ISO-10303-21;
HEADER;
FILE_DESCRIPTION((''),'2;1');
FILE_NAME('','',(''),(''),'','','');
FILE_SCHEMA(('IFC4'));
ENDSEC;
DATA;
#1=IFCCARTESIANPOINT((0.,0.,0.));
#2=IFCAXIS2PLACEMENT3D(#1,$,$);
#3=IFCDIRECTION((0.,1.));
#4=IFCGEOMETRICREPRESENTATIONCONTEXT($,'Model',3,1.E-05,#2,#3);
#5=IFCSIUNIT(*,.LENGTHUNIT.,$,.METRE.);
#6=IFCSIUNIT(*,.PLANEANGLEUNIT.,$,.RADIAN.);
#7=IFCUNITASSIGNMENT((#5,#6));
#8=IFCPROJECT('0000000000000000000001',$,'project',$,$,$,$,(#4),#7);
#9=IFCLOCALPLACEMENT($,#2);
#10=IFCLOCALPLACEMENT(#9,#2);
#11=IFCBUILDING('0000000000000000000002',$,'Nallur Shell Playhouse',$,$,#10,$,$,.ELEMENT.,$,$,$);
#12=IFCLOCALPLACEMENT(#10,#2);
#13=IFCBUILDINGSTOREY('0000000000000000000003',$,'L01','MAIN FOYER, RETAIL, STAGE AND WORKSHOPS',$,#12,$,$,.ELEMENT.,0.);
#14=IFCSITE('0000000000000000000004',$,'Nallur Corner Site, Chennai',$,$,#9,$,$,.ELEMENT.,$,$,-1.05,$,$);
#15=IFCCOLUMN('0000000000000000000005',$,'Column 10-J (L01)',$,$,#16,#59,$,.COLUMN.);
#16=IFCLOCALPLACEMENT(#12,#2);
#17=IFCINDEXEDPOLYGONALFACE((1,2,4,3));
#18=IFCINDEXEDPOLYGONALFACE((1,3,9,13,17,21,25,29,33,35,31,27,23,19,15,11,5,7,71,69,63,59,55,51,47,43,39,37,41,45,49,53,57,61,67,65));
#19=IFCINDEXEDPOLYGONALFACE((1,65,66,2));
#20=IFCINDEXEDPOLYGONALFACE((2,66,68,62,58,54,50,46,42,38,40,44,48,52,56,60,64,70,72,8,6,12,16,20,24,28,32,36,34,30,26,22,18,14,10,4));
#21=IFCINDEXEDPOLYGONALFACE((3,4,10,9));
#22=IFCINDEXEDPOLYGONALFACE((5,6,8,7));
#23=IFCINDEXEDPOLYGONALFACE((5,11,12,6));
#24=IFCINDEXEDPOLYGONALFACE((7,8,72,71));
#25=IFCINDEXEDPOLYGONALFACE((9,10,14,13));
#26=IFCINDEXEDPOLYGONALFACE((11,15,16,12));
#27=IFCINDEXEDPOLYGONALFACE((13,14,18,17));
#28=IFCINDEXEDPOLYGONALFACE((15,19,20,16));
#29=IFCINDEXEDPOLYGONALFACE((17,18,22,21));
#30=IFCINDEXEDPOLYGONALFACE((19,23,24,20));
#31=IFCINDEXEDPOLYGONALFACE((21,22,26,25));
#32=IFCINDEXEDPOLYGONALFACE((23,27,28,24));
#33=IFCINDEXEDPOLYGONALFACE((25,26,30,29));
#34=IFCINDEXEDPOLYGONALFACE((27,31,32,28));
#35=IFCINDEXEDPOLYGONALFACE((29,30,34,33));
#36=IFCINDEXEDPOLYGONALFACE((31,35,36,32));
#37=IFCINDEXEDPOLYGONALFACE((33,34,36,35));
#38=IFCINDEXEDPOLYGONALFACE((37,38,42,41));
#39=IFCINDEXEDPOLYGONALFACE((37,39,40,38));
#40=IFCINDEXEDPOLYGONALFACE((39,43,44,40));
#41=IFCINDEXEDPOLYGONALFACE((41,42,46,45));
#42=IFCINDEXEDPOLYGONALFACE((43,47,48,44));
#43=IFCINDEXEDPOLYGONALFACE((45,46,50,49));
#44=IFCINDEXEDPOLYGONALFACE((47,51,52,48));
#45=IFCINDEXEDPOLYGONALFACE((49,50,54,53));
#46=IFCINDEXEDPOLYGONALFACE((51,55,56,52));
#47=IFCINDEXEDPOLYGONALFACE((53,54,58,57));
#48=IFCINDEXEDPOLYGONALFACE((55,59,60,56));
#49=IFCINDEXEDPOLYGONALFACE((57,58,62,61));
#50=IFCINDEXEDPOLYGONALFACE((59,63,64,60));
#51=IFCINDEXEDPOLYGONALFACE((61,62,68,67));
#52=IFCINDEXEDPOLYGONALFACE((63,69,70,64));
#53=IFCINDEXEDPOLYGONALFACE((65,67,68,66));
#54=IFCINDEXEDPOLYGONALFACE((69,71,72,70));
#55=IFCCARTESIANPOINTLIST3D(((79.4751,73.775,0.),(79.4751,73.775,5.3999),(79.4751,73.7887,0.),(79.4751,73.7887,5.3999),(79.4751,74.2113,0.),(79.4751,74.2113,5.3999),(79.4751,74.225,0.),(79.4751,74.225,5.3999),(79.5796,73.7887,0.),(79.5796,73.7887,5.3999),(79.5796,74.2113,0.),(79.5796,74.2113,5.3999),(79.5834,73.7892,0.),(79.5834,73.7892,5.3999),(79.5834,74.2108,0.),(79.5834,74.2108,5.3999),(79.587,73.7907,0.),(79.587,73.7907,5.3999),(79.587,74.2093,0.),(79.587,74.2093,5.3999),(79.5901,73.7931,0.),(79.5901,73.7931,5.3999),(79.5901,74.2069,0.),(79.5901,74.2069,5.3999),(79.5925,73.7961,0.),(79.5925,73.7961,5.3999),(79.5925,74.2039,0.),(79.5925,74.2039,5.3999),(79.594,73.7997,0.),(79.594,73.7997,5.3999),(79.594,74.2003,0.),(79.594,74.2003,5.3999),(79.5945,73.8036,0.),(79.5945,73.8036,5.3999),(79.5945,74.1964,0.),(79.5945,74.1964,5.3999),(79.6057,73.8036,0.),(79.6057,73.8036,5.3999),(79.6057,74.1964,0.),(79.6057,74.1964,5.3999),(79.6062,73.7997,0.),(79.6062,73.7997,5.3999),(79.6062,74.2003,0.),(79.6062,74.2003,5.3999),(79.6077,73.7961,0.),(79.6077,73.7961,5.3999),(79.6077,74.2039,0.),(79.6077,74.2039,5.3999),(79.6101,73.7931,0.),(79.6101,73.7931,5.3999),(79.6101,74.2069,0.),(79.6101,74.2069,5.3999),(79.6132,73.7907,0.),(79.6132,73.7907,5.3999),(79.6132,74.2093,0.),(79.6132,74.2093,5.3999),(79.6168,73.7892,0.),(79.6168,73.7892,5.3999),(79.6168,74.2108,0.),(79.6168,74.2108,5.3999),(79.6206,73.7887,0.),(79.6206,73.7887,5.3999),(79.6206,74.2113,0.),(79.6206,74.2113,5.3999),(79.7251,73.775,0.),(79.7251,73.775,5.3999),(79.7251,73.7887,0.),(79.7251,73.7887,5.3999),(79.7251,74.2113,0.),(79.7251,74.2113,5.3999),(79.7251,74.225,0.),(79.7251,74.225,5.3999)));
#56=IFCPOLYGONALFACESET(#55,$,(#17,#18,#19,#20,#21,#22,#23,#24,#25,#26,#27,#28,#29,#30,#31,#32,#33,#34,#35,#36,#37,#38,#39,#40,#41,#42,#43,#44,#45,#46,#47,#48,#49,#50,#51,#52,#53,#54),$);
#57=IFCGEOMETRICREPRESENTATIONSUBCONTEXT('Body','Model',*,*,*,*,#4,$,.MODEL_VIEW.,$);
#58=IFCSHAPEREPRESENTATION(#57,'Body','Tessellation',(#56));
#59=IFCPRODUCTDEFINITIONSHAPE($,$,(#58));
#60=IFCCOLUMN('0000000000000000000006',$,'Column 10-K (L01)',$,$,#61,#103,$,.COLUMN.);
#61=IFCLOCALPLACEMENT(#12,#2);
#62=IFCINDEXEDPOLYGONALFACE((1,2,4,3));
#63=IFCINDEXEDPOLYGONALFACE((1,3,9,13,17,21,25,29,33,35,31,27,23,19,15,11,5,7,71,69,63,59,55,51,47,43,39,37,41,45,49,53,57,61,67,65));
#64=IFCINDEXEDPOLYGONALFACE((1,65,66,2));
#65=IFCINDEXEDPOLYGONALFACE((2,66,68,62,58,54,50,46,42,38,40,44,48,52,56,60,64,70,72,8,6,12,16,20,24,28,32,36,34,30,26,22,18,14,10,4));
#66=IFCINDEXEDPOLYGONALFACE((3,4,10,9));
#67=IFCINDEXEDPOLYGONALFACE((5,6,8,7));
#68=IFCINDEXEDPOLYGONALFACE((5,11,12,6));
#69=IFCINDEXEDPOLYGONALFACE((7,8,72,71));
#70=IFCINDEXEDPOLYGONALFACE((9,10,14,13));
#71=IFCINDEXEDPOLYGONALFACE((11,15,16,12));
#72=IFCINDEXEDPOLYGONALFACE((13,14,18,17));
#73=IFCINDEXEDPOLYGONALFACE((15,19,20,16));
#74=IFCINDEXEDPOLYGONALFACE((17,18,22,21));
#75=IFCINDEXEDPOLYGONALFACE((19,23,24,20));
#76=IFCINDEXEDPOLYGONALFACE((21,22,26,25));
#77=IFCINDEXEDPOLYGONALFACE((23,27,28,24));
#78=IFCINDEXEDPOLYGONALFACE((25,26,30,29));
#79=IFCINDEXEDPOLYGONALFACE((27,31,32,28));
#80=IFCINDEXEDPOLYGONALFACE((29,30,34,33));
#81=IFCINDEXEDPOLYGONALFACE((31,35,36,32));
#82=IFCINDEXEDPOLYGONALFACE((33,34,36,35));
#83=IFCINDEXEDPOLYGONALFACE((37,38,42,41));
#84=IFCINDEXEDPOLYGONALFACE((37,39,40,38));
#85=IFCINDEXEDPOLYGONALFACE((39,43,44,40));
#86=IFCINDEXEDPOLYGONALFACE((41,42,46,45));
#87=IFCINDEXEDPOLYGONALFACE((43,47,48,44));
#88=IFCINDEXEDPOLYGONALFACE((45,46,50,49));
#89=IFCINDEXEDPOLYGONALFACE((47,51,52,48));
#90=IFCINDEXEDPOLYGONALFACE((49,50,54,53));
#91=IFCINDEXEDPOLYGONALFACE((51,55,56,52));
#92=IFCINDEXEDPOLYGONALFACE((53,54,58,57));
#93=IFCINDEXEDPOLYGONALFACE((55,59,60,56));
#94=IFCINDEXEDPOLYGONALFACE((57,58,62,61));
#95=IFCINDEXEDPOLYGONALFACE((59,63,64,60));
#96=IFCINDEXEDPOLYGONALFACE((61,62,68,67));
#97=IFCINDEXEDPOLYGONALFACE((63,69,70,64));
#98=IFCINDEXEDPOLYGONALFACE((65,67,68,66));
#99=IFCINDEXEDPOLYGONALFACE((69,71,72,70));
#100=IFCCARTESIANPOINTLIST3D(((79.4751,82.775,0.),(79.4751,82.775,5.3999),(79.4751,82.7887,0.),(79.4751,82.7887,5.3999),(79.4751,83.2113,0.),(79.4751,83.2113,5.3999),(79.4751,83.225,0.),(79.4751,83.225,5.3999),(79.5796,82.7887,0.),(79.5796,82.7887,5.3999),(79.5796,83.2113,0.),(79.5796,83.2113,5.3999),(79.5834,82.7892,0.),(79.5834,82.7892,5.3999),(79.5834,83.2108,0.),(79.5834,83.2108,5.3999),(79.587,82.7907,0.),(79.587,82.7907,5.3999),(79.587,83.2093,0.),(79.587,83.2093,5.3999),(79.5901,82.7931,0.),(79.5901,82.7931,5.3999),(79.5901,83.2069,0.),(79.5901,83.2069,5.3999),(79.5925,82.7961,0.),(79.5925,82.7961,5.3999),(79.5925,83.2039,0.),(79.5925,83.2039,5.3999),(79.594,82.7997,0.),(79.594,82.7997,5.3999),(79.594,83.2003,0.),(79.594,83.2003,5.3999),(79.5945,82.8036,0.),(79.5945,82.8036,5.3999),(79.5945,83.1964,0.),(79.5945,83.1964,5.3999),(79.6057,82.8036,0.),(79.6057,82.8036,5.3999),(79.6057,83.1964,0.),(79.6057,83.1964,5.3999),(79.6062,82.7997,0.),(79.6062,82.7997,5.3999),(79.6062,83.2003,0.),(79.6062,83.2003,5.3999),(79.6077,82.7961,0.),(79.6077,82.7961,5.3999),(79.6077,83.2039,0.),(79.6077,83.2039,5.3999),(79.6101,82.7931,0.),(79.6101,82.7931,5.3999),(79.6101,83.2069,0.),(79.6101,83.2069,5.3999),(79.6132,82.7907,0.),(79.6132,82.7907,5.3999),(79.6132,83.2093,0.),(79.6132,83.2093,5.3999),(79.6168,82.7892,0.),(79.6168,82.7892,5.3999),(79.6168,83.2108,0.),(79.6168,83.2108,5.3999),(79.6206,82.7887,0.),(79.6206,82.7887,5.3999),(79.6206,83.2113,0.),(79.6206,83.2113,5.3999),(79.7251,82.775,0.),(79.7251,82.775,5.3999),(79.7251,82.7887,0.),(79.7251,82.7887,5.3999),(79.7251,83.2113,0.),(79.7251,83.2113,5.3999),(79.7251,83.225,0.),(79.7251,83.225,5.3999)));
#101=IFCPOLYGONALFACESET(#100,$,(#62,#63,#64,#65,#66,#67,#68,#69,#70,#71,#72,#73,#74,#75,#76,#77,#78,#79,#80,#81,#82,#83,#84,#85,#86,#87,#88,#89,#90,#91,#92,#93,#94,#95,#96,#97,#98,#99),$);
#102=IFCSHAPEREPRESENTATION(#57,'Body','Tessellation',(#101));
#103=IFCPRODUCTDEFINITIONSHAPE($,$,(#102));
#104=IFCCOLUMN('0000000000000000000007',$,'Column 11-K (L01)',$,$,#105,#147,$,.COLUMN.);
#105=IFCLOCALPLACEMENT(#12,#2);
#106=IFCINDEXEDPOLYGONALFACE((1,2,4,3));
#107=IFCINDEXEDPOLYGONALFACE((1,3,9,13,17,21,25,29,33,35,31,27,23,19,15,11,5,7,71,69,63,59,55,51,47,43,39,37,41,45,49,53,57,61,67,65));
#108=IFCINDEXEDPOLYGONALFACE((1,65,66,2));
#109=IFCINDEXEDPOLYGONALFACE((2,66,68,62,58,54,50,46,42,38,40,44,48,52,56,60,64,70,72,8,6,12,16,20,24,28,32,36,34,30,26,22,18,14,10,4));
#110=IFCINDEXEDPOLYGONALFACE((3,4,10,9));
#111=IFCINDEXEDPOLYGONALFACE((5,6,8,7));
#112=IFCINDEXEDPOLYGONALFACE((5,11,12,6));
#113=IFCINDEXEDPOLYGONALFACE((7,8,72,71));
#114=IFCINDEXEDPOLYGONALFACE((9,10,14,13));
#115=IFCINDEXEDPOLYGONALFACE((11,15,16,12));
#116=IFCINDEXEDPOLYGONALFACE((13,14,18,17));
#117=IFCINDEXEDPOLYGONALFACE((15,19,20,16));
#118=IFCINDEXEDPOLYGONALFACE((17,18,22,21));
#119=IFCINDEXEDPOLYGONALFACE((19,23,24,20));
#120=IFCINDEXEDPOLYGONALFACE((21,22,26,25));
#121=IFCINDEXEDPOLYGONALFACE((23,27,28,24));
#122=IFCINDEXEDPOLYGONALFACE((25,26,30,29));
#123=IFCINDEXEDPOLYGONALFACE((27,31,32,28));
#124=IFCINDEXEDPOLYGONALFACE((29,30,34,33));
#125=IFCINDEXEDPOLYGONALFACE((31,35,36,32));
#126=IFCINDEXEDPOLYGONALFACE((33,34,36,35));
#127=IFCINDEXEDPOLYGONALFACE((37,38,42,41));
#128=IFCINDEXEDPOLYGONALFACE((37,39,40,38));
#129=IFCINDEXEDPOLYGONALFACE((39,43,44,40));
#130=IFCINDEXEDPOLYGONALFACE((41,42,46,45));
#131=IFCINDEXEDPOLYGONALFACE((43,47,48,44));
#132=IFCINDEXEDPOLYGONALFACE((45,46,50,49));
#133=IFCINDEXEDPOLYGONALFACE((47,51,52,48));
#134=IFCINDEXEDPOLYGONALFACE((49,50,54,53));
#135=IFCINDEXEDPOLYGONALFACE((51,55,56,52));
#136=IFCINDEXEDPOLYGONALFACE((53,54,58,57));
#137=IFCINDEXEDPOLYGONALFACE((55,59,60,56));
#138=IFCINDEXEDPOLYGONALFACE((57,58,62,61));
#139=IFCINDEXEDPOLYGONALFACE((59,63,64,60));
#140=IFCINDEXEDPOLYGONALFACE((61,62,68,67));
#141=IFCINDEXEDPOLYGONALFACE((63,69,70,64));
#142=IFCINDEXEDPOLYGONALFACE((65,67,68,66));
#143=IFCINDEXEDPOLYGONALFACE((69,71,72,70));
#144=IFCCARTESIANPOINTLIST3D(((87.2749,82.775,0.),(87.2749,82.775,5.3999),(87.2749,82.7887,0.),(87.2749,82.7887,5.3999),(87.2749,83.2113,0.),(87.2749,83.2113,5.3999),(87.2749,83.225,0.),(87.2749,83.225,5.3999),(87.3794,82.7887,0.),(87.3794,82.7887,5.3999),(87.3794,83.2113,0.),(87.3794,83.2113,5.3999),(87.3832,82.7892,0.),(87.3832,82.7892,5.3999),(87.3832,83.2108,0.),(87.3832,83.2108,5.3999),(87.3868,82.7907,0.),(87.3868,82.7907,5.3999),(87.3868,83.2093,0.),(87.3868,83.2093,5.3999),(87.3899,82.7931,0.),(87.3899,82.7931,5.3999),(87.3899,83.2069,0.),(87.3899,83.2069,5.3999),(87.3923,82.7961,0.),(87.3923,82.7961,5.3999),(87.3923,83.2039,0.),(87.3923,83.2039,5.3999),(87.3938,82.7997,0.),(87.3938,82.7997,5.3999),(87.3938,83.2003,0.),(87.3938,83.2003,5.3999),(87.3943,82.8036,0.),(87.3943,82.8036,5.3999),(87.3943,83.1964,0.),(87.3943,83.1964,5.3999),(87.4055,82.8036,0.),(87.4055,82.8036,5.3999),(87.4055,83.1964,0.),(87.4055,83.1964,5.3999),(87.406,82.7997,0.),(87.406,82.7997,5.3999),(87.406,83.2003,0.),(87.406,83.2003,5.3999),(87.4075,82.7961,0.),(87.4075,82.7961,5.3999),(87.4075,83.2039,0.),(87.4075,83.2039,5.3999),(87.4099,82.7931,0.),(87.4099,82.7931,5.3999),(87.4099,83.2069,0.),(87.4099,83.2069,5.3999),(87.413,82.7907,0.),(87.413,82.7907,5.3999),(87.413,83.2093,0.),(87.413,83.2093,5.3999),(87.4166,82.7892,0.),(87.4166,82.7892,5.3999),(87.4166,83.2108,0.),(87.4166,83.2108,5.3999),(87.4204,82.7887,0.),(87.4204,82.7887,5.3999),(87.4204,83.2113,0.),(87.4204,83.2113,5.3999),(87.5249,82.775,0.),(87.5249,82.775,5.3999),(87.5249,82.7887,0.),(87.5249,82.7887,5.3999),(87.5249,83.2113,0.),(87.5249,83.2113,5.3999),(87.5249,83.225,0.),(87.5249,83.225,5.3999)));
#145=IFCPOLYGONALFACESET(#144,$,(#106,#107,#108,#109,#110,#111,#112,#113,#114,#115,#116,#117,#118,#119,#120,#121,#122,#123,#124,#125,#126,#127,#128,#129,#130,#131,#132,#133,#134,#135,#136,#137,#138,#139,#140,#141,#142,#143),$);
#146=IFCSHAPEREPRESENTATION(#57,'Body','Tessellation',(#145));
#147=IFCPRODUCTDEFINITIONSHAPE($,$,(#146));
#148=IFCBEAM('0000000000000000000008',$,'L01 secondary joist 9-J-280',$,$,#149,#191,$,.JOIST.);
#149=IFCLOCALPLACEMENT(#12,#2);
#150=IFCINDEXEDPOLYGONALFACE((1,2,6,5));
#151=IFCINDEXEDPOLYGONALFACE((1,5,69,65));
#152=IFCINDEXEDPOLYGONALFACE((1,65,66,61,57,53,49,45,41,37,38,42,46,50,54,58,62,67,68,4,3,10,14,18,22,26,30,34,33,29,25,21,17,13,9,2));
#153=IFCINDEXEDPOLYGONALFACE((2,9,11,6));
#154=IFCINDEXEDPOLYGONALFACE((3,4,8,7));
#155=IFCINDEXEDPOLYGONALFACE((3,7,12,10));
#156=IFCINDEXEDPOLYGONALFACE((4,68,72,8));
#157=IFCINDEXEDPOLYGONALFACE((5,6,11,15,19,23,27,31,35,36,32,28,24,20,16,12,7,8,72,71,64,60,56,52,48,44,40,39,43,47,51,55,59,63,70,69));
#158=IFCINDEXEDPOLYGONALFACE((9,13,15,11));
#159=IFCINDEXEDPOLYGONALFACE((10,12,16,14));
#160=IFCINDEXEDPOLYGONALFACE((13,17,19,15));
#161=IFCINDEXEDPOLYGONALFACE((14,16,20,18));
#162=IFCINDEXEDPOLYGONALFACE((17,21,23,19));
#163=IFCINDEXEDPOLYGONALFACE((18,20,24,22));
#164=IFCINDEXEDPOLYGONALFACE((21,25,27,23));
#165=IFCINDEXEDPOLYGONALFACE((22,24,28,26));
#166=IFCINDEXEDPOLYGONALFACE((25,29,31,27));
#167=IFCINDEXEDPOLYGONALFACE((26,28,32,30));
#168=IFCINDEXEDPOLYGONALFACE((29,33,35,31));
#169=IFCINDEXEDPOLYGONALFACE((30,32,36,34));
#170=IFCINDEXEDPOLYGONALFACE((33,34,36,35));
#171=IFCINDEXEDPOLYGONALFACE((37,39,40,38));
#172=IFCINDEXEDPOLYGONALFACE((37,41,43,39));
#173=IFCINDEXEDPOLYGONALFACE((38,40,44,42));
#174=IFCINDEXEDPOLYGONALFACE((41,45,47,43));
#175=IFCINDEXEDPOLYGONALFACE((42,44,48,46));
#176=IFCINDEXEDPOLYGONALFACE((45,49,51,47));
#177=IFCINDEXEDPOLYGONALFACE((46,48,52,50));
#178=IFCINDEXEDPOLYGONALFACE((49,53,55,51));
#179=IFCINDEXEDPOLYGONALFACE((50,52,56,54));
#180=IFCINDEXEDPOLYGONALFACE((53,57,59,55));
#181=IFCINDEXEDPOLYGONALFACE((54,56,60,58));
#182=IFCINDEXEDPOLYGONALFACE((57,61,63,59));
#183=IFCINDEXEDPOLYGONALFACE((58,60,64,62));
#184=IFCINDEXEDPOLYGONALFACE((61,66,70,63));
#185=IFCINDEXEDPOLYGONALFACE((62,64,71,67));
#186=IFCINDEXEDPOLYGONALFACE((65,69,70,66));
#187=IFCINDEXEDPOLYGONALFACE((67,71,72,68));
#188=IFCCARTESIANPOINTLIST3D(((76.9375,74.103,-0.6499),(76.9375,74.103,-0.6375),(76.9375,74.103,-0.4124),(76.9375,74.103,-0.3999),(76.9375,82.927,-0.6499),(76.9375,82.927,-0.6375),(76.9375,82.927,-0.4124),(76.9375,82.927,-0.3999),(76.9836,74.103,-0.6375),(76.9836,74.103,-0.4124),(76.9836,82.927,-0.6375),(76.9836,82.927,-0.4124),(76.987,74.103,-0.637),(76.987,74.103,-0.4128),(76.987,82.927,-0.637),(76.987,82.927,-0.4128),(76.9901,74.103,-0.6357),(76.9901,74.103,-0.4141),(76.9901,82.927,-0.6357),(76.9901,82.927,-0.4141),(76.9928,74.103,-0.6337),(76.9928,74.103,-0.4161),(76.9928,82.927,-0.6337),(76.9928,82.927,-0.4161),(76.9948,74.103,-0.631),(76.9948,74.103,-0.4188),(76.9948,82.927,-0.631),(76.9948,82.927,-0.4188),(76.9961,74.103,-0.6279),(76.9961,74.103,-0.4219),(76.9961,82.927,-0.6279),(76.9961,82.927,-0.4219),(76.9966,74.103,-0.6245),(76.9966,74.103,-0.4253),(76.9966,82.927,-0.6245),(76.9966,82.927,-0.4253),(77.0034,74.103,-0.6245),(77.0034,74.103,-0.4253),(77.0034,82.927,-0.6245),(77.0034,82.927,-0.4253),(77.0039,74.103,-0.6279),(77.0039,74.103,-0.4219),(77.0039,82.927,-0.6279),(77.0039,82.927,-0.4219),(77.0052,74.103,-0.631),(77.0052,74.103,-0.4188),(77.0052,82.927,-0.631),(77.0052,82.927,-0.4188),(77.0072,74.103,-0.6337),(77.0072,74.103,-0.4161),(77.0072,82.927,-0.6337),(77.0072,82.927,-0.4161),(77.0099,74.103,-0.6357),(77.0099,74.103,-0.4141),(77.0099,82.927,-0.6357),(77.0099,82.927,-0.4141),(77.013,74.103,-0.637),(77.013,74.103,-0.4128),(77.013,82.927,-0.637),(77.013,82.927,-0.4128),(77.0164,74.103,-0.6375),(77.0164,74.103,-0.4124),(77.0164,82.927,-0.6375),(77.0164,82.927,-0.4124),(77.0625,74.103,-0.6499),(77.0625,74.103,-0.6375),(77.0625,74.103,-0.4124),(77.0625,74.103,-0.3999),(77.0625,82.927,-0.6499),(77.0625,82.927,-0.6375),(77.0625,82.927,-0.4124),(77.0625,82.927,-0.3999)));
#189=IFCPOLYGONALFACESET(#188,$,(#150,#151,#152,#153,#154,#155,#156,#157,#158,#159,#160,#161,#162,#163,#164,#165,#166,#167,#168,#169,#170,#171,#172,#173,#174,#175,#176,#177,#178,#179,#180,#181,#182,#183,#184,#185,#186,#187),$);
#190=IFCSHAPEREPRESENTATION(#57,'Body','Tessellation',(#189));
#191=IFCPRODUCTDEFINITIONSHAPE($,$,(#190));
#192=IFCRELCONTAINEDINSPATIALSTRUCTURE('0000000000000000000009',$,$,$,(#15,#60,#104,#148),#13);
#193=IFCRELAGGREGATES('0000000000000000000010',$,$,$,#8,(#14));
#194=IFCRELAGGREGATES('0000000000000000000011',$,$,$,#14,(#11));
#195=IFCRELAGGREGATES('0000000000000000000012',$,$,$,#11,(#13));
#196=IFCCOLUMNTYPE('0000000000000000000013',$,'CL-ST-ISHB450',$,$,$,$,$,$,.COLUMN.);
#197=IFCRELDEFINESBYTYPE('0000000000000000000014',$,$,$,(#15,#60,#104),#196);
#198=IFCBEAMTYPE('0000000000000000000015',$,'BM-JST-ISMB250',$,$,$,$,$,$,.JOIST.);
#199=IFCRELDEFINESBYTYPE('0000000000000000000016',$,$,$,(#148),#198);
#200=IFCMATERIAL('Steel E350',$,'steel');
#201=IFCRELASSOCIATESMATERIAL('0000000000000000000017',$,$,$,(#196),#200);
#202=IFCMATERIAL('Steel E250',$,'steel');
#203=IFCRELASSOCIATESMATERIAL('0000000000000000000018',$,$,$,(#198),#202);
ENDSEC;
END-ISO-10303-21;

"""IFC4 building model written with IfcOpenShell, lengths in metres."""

from ifc_helpers import new_model, si_unit, direction, frame, origin, origin_2d, place, context, subcontext, project, spatial, i_section, extrude, material, material_profile, profile_set, type_object, element, save


model = new_model("IFC4")

# Units and contexts
model_context = context("Model", 3, precision=1e-05, world=origin(), true_north=direction((0.0, 1.0)))
body_context = subcontext(model_context, "Body", "Model", "MODEL_VIEW")
ifc_project = project(units=[si_unit("LENGTHUNIT", "METRE"), si_unit("PLANEANGLEUNIT", "RADIAN")], contexts=[model_context])

# Site, building, storey
site_placement = place(None, origin())
site = spatial("IfcSite", under=ifc_project, at=site_placement, Name="Nallur Corner Site, Chennai", CompositionType="ELEMENT", RefElevation=-1.05)
building_placement = place(site_placement, origin())
building = spatial("IfcBuilding", under=site, at=building_placement, Name="Nallur Shell Playhouse", CompositionType="ELEMENT")
storey_placement = place(building_placement, origin())
storey = spatial("IfcBuildingStorey", under=building, at=storey_placement, Name="L01", Description="MAIN FOYER, RETAIL, STAGE AND WORKSHOPS", CompositionType="ELEMENT", Elevation=0.0)

# Columns
ifc_material_1 = material(Name="Steel E350", Category="steel")
ifc_material_profile_1 = material_profile(ifc_material_1, i_section(OverallWidth=0.25, OverallDepth=0.45, WebThickness=0.0112, FlangeThickness=0.0137, FilletRadius=0.0149, at=origin_2d()), Name="ISHB 450")
ifc_profile_set_1 = profile_set([ifc_material_profile_1], Name="Steel E350")
column_type = type_object("IfcColumnType", Name="CL-ST-ISHB450", PredefinedType="COLUMN", material=ifc_profile_set_1)
for number, where, z_axis, x_axis, name in (
    (1, (79.6001, 74.0, 0.0), (0.0, 0.0, 1.0), (1.0, 0.0, 0.0), "Column 10-J (L01)"),
    (2, (79.6001, 83.0, 0.0), (0.0, 0.0, 1.0), (1.0, 0.0, 0.0), "Column 10-K (L01)"),
    (3, (87.3999, 83.0, 0.0), (0.0, 0.0, 1.0), (1.0, 0.0, 0.0), "Column 11-K (L01)"),
):
    element("IfcColumn", number, at=place(storey_placement, frame(where, z_axis=z_axis, x_axis=x_axis)), inside=storey, type_object=column_type, Name=name, PredefinedType="COLUMN", context=body_context, shape_type="SweptSolid", body=[
        extrude(i_section(OverallWidth=0.25, OverallDepth=0.45, WebThickness=0.0112, FlangeThickness=0.0137, FilletRadius=0.0149, at=origin_2d()), origin(), (0.0, 0.0, 1.0), 5.3999),
    ])

# Beam
ifc_material_2 = material(Name="Steel E250", Category="steel")
ifc_material_profile_2 = material_profile(ifc_material_2, i_section(OverallWidth=0.125, OverallDepth=0.25, WebThickness=0.0068, FlangeThickness=0.0125, FilletRadius=0.0129, at=origin_2d()), Name="ISMB 250")
ifc_profile_set_2 = profile_set([ifc_material_profile_2], Name="Steel E250")
beam_type_1 = type_object("IfcBeamType", Name="BM-JST-ISMB250", PredefinedType="JOIST", material=ifc_profile_set_2)
beam_1_placement = place(storey_placement, frame((77.0, 74.103, -0.5249), z_axis=(0.0, 1.0, 0.0), x_axis=(-1.0, 0.0, 0.0)))
element("IfcBeam", 4, at=beam_1_placement, inside=storey, type_object=beam_type_1, Name="L01 secondary joist 9-J-280", PredefinedType="JOIST", context=body_context, shape_type="SweptSolid", body=[
    extrude(i_section(OverallWidth=0.125, OverallDepth=0.25, WebThickness=0.0068, FlangeThickness=0.0125, FilletRadius=0.0129, at=origin_2d()), origin(), (0.0, 0.0, 1.0), 8.824),
])

save(model, "model.ifc")
